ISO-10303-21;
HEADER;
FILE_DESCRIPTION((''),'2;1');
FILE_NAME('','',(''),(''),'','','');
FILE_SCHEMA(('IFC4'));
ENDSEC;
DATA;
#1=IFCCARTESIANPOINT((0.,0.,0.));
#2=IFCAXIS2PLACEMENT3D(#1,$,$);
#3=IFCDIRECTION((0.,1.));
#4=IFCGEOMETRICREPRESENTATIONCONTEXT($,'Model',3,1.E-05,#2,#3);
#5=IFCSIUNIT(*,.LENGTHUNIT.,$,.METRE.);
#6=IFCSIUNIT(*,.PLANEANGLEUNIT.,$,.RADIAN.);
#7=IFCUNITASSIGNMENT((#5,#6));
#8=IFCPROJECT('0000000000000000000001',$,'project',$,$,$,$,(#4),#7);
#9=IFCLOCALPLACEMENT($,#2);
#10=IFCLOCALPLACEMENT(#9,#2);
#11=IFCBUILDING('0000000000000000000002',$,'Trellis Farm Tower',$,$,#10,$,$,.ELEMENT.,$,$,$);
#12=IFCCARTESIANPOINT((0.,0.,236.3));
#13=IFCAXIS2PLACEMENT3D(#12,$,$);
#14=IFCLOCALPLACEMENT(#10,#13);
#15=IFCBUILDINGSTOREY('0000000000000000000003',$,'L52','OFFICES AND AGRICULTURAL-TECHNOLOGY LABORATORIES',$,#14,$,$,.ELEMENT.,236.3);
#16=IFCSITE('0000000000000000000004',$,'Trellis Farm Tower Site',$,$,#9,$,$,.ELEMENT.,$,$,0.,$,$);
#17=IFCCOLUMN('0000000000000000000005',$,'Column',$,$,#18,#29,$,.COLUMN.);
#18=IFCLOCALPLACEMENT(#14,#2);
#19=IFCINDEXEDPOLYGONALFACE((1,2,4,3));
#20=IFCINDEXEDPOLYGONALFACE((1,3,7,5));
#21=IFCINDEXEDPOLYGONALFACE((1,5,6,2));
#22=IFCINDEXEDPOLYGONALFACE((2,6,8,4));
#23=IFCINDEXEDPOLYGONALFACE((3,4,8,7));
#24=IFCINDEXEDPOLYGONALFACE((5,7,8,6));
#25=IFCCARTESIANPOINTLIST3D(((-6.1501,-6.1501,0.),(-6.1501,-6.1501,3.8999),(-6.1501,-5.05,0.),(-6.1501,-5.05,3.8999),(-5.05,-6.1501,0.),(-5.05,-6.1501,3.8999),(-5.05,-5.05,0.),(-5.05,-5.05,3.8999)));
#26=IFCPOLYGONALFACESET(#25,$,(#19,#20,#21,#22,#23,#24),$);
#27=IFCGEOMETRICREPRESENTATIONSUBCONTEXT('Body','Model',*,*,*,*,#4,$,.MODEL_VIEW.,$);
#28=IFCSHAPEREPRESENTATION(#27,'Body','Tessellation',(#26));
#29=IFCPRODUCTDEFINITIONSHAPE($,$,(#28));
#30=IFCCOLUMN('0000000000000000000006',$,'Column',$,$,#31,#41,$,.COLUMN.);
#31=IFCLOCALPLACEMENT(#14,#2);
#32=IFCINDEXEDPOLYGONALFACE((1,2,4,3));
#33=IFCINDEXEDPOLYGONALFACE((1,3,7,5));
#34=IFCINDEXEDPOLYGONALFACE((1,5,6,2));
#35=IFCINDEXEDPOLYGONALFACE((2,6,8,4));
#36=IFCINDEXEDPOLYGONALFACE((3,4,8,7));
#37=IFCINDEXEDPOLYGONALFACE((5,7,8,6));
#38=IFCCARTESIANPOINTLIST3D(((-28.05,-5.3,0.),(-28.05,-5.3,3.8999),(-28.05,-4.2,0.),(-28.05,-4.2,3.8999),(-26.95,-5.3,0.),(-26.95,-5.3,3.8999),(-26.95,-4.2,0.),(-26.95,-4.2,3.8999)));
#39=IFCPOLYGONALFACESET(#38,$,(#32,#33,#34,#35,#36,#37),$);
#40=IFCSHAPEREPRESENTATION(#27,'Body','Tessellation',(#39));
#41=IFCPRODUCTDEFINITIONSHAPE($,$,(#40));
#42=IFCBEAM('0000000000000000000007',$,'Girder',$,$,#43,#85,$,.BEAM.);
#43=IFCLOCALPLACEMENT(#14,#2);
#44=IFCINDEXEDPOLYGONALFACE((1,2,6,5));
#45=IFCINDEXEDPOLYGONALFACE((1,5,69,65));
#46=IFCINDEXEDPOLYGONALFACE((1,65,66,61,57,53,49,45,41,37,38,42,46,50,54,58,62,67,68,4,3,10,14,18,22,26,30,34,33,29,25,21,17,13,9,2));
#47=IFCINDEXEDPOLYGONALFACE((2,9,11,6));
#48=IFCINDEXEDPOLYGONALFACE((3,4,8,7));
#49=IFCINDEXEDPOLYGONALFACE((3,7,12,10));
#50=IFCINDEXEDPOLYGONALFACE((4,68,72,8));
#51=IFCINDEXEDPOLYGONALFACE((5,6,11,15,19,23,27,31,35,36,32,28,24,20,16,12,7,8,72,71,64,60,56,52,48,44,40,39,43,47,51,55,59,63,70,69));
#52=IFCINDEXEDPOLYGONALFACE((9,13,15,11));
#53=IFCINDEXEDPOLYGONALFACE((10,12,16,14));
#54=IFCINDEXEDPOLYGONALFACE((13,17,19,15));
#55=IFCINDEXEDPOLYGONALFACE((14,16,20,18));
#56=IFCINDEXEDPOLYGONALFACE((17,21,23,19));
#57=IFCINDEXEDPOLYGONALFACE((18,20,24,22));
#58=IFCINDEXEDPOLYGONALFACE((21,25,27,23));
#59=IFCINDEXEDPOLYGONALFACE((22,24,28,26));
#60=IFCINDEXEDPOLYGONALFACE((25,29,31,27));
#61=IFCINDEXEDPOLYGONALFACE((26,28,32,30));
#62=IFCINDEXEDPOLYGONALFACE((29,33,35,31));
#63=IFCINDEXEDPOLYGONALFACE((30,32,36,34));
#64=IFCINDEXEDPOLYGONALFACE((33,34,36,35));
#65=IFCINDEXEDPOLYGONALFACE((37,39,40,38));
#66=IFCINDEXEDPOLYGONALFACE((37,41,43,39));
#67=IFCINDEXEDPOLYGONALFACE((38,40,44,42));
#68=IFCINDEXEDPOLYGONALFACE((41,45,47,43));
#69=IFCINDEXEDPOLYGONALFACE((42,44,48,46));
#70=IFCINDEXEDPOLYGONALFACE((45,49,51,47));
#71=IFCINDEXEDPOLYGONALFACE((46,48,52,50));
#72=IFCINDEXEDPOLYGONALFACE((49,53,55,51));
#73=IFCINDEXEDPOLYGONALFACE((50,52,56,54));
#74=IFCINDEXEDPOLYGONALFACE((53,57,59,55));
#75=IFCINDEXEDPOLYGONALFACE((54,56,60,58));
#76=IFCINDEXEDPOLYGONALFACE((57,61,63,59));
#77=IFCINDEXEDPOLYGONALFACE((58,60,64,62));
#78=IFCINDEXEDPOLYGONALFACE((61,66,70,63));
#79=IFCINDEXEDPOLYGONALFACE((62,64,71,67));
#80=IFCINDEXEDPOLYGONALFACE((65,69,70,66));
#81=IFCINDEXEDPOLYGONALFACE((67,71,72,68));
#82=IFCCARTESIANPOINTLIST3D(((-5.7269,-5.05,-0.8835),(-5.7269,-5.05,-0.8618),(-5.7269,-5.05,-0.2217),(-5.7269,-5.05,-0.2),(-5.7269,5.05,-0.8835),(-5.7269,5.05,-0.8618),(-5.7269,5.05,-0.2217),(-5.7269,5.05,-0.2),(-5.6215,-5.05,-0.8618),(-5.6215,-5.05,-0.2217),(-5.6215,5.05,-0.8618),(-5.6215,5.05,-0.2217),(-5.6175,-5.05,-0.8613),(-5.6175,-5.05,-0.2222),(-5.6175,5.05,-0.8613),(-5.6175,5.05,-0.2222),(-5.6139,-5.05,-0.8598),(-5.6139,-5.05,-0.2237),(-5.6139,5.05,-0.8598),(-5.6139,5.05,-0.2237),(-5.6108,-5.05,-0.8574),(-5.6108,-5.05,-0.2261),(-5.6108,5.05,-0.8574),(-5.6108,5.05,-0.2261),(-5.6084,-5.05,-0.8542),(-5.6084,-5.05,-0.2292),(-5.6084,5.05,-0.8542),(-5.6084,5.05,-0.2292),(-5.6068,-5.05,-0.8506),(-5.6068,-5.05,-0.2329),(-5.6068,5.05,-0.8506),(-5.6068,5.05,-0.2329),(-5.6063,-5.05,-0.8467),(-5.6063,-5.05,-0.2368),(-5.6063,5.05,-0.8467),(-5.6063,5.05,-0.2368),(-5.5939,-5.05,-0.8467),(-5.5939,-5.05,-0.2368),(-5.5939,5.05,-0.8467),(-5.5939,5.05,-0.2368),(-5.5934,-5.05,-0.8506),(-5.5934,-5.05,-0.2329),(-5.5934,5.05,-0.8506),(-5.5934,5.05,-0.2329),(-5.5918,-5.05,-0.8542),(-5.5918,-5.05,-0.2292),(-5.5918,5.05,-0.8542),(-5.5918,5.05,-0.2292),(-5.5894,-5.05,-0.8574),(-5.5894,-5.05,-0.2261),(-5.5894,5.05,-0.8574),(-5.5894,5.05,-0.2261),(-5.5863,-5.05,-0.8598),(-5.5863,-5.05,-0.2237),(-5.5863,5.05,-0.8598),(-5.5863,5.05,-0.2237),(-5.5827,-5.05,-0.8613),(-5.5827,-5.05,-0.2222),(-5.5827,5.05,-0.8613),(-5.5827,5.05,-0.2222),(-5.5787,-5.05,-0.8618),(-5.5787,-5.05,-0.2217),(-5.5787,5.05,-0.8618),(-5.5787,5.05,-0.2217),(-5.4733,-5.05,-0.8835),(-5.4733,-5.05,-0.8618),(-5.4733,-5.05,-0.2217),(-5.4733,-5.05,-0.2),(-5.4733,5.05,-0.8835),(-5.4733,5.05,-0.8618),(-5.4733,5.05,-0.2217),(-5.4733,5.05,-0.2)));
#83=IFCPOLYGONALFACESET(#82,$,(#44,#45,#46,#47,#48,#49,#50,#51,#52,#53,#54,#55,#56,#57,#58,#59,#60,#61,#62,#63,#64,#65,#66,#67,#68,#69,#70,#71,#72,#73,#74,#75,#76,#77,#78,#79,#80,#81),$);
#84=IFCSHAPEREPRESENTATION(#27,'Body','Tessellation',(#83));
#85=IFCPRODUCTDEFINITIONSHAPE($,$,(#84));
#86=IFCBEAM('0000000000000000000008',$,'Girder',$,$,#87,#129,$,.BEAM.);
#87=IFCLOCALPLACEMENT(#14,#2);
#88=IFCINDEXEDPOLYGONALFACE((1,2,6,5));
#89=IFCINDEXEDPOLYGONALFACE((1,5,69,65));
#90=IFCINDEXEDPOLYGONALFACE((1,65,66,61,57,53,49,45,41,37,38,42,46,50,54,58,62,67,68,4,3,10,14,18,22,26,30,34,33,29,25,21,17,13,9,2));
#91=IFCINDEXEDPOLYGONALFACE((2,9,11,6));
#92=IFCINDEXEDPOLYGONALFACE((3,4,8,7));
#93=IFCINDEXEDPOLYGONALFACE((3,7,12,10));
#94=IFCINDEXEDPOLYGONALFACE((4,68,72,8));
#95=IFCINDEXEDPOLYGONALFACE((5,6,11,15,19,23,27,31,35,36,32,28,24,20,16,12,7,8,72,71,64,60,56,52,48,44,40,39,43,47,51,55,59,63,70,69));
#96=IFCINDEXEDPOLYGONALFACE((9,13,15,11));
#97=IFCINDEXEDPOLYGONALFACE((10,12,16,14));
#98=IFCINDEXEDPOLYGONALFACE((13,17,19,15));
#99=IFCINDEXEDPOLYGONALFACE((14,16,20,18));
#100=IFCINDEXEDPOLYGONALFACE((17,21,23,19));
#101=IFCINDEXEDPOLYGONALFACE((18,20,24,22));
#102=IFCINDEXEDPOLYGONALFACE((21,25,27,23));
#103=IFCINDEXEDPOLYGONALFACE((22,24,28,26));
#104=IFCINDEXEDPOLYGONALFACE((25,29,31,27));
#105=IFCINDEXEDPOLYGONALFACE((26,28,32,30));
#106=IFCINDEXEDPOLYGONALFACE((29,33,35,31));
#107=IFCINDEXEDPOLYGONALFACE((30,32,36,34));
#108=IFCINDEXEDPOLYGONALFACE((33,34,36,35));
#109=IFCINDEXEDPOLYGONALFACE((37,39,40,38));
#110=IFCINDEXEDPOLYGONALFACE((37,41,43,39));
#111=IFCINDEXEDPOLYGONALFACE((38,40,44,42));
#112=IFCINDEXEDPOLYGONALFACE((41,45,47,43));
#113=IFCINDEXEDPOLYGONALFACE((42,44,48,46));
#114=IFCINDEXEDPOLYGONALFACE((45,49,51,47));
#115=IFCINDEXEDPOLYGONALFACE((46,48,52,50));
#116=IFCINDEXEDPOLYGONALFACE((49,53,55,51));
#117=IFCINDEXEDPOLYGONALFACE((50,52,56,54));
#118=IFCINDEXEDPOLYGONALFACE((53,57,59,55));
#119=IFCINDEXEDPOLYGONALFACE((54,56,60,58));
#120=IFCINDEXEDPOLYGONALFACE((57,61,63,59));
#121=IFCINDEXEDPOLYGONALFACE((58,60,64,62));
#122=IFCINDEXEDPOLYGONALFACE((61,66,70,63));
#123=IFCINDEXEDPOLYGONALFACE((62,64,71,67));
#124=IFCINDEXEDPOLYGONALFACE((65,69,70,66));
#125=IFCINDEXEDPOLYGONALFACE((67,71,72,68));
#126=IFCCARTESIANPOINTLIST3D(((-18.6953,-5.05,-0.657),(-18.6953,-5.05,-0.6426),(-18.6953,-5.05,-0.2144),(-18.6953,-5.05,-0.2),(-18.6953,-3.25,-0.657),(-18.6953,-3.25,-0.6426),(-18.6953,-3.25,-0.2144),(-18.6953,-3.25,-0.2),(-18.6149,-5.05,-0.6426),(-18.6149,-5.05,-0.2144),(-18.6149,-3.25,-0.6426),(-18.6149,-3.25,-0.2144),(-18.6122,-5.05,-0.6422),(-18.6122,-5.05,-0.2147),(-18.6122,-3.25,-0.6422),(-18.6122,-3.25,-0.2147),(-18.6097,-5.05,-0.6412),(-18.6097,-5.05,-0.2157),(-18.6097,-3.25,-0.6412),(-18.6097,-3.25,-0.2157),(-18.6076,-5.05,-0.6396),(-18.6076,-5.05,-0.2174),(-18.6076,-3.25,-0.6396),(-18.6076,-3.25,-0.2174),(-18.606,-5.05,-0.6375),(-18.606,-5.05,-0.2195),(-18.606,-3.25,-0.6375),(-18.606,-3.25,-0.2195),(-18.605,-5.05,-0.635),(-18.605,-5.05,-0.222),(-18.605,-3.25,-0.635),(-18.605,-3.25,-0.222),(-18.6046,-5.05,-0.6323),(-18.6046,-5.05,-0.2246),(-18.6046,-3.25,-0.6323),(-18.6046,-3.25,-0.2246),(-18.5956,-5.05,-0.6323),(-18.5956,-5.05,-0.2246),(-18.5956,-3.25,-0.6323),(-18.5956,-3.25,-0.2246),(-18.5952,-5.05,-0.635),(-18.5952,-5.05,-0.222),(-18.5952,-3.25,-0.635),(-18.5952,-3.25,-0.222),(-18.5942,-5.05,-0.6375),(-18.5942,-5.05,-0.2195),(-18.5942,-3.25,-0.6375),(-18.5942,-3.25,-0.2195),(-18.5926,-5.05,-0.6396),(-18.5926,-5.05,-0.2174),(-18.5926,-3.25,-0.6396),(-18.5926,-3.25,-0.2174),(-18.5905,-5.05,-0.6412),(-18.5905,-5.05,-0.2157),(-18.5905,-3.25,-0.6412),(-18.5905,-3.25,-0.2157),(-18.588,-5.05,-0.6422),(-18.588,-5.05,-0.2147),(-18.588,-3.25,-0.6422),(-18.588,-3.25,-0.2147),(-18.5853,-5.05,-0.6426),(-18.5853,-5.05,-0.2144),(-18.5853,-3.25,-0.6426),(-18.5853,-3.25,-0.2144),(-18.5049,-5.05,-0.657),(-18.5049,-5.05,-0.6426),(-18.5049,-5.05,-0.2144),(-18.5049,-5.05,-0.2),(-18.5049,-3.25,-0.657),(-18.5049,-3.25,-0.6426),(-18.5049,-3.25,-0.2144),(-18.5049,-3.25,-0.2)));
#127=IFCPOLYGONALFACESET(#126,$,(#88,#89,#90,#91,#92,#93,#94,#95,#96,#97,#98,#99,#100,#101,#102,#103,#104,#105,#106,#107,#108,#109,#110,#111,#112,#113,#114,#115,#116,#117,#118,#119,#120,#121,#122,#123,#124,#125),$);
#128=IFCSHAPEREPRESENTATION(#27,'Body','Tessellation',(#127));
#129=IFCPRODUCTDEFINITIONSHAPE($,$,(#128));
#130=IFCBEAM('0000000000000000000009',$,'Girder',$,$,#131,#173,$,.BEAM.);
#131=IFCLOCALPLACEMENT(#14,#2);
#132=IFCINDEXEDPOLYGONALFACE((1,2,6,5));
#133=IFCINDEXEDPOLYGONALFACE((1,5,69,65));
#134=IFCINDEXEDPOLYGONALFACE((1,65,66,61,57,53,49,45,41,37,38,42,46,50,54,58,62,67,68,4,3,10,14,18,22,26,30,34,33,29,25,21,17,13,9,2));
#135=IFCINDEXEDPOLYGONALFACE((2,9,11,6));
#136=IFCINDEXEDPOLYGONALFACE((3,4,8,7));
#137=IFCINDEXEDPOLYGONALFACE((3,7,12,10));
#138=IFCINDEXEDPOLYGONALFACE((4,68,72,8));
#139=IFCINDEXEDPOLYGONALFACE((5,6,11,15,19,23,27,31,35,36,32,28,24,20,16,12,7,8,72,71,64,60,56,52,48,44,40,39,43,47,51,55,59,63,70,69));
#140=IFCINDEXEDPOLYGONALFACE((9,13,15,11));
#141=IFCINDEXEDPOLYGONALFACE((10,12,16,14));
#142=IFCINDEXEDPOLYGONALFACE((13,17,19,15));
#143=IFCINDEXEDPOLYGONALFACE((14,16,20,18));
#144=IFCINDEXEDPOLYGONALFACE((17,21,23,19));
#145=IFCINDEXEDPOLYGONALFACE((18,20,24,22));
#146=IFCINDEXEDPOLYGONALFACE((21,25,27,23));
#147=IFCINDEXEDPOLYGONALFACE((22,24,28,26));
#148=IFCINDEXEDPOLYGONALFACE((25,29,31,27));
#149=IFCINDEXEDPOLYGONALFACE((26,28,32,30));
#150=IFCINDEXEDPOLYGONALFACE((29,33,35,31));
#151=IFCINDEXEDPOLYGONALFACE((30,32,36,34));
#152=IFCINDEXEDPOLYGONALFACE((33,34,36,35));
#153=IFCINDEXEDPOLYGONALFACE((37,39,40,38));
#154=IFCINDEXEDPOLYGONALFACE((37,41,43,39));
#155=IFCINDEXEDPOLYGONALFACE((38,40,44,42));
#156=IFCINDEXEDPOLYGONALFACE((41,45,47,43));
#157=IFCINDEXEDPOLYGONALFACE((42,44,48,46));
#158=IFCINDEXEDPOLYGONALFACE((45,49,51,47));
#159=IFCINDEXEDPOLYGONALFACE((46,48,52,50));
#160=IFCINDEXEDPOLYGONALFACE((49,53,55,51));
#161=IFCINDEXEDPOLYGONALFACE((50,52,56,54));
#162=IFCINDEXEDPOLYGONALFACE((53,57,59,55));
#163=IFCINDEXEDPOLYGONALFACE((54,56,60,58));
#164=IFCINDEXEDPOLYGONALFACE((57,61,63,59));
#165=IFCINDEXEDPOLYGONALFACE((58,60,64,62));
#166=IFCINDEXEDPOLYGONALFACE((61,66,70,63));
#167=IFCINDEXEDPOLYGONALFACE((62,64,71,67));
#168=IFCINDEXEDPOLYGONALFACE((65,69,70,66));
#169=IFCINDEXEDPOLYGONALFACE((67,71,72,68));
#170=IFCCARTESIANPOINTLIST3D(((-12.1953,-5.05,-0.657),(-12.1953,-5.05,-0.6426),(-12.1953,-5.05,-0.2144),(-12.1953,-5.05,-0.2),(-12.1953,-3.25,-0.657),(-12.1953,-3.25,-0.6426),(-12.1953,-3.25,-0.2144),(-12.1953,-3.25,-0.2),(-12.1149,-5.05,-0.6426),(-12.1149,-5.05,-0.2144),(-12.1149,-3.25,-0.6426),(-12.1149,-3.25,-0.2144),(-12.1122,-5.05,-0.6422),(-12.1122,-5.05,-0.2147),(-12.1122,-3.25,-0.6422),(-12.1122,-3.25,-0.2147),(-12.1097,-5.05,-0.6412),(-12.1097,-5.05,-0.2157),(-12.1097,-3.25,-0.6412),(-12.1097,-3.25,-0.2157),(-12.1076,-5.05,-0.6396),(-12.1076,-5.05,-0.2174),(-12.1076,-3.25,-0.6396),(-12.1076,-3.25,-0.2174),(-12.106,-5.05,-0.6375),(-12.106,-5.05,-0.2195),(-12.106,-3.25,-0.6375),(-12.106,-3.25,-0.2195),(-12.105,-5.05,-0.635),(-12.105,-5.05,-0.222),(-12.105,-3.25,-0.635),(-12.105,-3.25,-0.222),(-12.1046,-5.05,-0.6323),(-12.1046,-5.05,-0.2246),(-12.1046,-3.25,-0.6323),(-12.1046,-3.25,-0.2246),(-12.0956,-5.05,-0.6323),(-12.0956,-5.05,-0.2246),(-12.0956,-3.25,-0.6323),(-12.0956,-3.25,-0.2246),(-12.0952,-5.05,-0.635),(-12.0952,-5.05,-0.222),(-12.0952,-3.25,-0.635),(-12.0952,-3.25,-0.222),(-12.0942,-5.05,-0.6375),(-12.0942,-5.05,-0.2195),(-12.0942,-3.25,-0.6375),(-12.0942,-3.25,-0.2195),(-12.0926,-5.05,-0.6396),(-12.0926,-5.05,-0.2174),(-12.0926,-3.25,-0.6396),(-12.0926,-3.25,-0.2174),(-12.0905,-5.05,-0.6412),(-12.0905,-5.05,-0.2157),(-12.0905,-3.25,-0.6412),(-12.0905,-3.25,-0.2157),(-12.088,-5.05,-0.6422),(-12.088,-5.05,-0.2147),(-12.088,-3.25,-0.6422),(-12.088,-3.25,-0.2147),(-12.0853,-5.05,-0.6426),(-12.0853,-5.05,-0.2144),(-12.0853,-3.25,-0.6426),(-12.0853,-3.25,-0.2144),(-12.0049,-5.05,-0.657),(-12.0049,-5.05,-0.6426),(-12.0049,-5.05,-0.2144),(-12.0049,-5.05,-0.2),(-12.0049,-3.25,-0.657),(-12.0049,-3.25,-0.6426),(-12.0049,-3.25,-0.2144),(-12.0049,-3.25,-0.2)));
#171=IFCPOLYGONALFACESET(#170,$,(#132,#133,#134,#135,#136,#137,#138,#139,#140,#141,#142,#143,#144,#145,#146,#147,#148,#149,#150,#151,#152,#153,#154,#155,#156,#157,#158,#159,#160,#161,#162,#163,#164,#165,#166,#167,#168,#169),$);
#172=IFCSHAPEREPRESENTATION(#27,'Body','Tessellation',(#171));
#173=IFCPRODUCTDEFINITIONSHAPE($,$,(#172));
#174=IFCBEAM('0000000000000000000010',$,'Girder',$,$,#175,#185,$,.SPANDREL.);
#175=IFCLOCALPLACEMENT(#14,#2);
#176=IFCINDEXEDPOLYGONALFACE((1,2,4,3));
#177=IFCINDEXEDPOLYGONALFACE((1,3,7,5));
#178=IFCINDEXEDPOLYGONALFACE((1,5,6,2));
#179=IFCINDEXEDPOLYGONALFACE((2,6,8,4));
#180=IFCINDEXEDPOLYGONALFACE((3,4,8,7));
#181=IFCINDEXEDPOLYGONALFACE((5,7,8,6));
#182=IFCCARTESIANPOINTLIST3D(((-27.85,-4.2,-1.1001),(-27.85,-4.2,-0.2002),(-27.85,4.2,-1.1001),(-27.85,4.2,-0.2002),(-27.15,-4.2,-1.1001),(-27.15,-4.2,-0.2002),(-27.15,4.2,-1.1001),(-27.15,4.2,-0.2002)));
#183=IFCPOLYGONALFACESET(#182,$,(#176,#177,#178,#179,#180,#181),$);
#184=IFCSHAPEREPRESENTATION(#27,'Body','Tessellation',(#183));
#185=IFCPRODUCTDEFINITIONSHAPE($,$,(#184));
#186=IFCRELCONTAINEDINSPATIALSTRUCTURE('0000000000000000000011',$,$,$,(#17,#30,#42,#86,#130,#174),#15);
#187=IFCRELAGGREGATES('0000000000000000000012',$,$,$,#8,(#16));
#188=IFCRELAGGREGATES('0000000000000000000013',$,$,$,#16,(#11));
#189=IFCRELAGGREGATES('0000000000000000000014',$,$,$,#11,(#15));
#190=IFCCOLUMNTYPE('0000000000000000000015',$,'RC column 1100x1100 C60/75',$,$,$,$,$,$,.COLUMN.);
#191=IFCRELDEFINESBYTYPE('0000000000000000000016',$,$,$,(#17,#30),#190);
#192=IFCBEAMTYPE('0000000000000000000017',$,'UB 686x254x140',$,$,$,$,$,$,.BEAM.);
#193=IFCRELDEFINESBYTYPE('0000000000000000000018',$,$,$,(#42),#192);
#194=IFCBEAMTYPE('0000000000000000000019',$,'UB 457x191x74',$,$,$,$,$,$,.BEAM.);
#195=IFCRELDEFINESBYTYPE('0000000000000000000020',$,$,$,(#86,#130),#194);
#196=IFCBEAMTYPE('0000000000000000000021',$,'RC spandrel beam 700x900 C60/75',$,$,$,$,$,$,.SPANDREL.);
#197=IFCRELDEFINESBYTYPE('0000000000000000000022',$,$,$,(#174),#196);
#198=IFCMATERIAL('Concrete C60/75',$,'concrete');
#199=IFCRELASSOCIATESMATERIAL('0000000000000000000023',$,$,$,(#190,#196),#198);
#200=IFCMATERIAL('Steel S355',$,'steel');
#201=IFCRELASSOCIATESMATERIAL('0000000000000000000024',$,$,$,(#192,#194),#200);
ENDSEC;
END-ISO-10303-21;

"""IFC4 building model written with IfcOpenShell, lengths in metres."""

from ifc_helpers import new_model, si_unit, direction, frame, origin, origin_2d, place, context, subcontext, project, spatial, rectangle, i_section, extrude, source, transform, mapped, material, material_profile, profile_set, type_object, element, save


model = new_model("IFC4")

# Units and contexts
model_context = context("Model", 3, precision=1e-05, world=origin(), true_north=direction((0.0, 1.0)))
body_context = subcontext(model_context, "Body", "Model", "MODEL_VIEW")
ifc_project = project(units=[si_unit("LENGTHUNIT", "METRE"), si_unit("PLANEANGLEUNIT", "RADIAN")], contexts=[model_context])

# Site, building, storey
site_placement = place(None, origin())
site = spatial("IfcSite", under=ifc_project, at=site_placement, Name="Trellis Farm Tower Site", CompositionType="ELEMENT", RefElevation=0.0)
building_placement = place(site_placement, origin())
building = spatial("IfcBuilding", under=site, at=building_placement, Name="Trellis Farm Tower", CompositionType="ELEMENT")
storey_placement = place(building_placement, frame((0.0, 0.0, 236.3)))
storey = spatial("IfcBuildingStorey", under=building, at=storey_placement, Name="L52", Description="OFFICES AND AGRICULTURAL-TECHNOLOGY LABORATORIES", CompositionType="ELEMENT", Elevation=236.3)

# Columns
ifc_material_1 = material(Name="Concrete C60/75", Category="concrete")
ifc_material_profile_1 = material_profile(ifc_material_1, rectangle(XDim=1.1001, YDim=1.1001, at=origin_2d()), Name="RC column 1100x1100 C60/75")
ifc_profile_set_1 = profile_set([ifc_material_profile_1], Name="Concrete C60/75")
column_type = type_object("IfcColumnType", Name="RC column 1100x1100 C60/75", PredefinedType="COLUMN", material=ifc_profile_set_1)
shared_shape_1 = source(origin(), body_context, "Body", "SweptSolid", [
    extrude(rectangle(XDim=1.1001, YDim=1.1001, at=origin_2d()), origin(), (0.0, 0.0, 1.0), 3.8999),
])
for number, where, z_axis, x_axis, name in (
    (1, (-5.6001, -5.6001, 0.0), (0.0, 0.0, 1.0), (1.0, 0.0, 0.0), "Column"),
    (2, (-27.5, -4.75, 0.0), (0.0, 0.0, 1.0), (1.0, 0.0, 0.0), "Column"),
):
    element("IfcColumn", number, at=place(storey_placement, frame(where, z_axis=z_axis, x_axis=x_axis)), inside=storey, type_object=column_type, Name=name, PredefinedType="COLUMN", context=body_context, shape_type="MappedRepresentation", body=[
        mapped(shared_shape_1, transform((0.0, 0.0, 0.0))),
    ])

# Beams
ifc_material_2 = material(Name="Steel S355", Category="steel")
ifc_material_profile_2 = material_profile(ifc_material_2, i_section(OverallWidth=0.2537, OverallDepth=0.6836, WebThickness=0.0125, FlangeThickness=0.0217, FilletRadius=0.0151, at=origin_2d()), Name="UB 686x254x140")
ifc_profile_set_2 = profile_set([ifc_material_profile_2], Name="Steel S355")
beam_type_1 = type_object("IfcBeamType", Name="UB 686x254x140", PredefinedType="BEAM", material=ifc_profile_set_2)
shared_shape_2 = source(origin(), body_context, "Body", "SweptSolid", [
    extrude(i_section(OverallWidth=0.2537, OverallDepth=0.6836, WebThickness=0.0125, FlangeThickness=0.0217, FilletRadius=0.0151, at=origin_2d()), origin(), (0.0, 0.0, 1.0), 10.1001),
])
beam_1_placement = place(storey_placement, frame((-5.6001, -5.05, -0.5417), z_axis=(0.0, 1.0, 0.0), x_axis=(-1.0, 0.0, 0.0)))
element("IfcBeam", 3, at=beam_1_placement, inside=storey, type_object=beam_type_1, Name="Girder", PredefinedType="BEAM", context=body_context, shape_type="MappedRepresentation", body=[
    mapped(shared_shape_2, transform((0.0, 0.0, 0.0))),
])
ifc_material_profile_3 = material_profile(ifc_material_2, i_section(OverallWidth=0.1904, OverallDepth=0.457, WebThickness=0.009, FlangeThickness=0.0144, FilletRadius=0.0103, at=origin_2d()), Name="UB 457x191x74")
ifc_profile_set_3 = profile_set([ifc_material_profile_3], Name="Steel S355")
beam_type_2 = type_object("IfcBeamType", Name="UB 457x191x74", PredefinedType="BEAM", material=ifc_profile_set_3)
shared_shape_3 = source(origin(), body_context, "Body", "SweptSolid", [
    extrude(i_section(OverallWidth=0.1904, OverallDepth=0.457, WebThickness=0.009, FlangeThickness=0.0144, FilletRadius=0.0103, at=origin_2d()), origin(), (0.0, 0.0, 1.0), 1.8),
])
for number, where, z_axis, x_axis, name in (
    (4, (-18.6001, -5.05, -0.4285), (0.0, 1.0, 0.0), (-1.0, 0.0, 0.0), "Girder"),
    (5, (-12.1001, -5.05, -0.4285), (0.0, 1.0, 0.0), (-1.0, 0.0, 0.0), "Girder"),
):
    element("IfcBeam", number, at=place(storey_placement, frame(where, z_axis=z_axis, x_axis=x_axis)), inside=storey, type_object=beam_type_2, Name=name, PredefinedType="BEAM", context=body_context, shape_type="MappedRepresentation", body=[
        mapped(shared_shape_3, transform((0.0, 0.0, 0.0))),
    ])
ifc_material_profile_4 = material_profile(ifc_material_1, rectangle(XDim=0.7, YDim=0.8999, at=origin_2d()), Name="RC spandrel beam 700x900 C60/75")
ifc_profile_set_4 = profile_set([ifc_material_profile_4], Name="Concrete C60/75")
beam_type_3 = type_object("IfcBeamType", Name="RC spandrel beam 700x900 C60/75", PredefinedType="SPANDREL", material=ifc_profile_set_4)
shared_shape_4 = source(origin(), body_context, "Body", "SweptSolid", [
    extrude(rectangle(XDim=0.7, YDim=0.8999, at=origin_2d()), origin(), (0.0, 0.0, 1.0), 8.3999),
])
beam_2_placement = place(storey_placement, frame((-27.5, -4.2, -0.6501), z_axis=(0.0, 1.0, 0.0), x_axis=(-1.0, 0.0, 0.0)))
element("IfcBeam", 6, at=beam_2_placement, inside=storey, type_object=beam_type_3, Name="Girder", PredefinedType="SPANDREL", context=body_context, shape_type="MappedRepresentation", body=[
    mapped(shared_shape_4, transform((0.0, 0.0, 0.0))),
])

save(model, "model.ifc")
